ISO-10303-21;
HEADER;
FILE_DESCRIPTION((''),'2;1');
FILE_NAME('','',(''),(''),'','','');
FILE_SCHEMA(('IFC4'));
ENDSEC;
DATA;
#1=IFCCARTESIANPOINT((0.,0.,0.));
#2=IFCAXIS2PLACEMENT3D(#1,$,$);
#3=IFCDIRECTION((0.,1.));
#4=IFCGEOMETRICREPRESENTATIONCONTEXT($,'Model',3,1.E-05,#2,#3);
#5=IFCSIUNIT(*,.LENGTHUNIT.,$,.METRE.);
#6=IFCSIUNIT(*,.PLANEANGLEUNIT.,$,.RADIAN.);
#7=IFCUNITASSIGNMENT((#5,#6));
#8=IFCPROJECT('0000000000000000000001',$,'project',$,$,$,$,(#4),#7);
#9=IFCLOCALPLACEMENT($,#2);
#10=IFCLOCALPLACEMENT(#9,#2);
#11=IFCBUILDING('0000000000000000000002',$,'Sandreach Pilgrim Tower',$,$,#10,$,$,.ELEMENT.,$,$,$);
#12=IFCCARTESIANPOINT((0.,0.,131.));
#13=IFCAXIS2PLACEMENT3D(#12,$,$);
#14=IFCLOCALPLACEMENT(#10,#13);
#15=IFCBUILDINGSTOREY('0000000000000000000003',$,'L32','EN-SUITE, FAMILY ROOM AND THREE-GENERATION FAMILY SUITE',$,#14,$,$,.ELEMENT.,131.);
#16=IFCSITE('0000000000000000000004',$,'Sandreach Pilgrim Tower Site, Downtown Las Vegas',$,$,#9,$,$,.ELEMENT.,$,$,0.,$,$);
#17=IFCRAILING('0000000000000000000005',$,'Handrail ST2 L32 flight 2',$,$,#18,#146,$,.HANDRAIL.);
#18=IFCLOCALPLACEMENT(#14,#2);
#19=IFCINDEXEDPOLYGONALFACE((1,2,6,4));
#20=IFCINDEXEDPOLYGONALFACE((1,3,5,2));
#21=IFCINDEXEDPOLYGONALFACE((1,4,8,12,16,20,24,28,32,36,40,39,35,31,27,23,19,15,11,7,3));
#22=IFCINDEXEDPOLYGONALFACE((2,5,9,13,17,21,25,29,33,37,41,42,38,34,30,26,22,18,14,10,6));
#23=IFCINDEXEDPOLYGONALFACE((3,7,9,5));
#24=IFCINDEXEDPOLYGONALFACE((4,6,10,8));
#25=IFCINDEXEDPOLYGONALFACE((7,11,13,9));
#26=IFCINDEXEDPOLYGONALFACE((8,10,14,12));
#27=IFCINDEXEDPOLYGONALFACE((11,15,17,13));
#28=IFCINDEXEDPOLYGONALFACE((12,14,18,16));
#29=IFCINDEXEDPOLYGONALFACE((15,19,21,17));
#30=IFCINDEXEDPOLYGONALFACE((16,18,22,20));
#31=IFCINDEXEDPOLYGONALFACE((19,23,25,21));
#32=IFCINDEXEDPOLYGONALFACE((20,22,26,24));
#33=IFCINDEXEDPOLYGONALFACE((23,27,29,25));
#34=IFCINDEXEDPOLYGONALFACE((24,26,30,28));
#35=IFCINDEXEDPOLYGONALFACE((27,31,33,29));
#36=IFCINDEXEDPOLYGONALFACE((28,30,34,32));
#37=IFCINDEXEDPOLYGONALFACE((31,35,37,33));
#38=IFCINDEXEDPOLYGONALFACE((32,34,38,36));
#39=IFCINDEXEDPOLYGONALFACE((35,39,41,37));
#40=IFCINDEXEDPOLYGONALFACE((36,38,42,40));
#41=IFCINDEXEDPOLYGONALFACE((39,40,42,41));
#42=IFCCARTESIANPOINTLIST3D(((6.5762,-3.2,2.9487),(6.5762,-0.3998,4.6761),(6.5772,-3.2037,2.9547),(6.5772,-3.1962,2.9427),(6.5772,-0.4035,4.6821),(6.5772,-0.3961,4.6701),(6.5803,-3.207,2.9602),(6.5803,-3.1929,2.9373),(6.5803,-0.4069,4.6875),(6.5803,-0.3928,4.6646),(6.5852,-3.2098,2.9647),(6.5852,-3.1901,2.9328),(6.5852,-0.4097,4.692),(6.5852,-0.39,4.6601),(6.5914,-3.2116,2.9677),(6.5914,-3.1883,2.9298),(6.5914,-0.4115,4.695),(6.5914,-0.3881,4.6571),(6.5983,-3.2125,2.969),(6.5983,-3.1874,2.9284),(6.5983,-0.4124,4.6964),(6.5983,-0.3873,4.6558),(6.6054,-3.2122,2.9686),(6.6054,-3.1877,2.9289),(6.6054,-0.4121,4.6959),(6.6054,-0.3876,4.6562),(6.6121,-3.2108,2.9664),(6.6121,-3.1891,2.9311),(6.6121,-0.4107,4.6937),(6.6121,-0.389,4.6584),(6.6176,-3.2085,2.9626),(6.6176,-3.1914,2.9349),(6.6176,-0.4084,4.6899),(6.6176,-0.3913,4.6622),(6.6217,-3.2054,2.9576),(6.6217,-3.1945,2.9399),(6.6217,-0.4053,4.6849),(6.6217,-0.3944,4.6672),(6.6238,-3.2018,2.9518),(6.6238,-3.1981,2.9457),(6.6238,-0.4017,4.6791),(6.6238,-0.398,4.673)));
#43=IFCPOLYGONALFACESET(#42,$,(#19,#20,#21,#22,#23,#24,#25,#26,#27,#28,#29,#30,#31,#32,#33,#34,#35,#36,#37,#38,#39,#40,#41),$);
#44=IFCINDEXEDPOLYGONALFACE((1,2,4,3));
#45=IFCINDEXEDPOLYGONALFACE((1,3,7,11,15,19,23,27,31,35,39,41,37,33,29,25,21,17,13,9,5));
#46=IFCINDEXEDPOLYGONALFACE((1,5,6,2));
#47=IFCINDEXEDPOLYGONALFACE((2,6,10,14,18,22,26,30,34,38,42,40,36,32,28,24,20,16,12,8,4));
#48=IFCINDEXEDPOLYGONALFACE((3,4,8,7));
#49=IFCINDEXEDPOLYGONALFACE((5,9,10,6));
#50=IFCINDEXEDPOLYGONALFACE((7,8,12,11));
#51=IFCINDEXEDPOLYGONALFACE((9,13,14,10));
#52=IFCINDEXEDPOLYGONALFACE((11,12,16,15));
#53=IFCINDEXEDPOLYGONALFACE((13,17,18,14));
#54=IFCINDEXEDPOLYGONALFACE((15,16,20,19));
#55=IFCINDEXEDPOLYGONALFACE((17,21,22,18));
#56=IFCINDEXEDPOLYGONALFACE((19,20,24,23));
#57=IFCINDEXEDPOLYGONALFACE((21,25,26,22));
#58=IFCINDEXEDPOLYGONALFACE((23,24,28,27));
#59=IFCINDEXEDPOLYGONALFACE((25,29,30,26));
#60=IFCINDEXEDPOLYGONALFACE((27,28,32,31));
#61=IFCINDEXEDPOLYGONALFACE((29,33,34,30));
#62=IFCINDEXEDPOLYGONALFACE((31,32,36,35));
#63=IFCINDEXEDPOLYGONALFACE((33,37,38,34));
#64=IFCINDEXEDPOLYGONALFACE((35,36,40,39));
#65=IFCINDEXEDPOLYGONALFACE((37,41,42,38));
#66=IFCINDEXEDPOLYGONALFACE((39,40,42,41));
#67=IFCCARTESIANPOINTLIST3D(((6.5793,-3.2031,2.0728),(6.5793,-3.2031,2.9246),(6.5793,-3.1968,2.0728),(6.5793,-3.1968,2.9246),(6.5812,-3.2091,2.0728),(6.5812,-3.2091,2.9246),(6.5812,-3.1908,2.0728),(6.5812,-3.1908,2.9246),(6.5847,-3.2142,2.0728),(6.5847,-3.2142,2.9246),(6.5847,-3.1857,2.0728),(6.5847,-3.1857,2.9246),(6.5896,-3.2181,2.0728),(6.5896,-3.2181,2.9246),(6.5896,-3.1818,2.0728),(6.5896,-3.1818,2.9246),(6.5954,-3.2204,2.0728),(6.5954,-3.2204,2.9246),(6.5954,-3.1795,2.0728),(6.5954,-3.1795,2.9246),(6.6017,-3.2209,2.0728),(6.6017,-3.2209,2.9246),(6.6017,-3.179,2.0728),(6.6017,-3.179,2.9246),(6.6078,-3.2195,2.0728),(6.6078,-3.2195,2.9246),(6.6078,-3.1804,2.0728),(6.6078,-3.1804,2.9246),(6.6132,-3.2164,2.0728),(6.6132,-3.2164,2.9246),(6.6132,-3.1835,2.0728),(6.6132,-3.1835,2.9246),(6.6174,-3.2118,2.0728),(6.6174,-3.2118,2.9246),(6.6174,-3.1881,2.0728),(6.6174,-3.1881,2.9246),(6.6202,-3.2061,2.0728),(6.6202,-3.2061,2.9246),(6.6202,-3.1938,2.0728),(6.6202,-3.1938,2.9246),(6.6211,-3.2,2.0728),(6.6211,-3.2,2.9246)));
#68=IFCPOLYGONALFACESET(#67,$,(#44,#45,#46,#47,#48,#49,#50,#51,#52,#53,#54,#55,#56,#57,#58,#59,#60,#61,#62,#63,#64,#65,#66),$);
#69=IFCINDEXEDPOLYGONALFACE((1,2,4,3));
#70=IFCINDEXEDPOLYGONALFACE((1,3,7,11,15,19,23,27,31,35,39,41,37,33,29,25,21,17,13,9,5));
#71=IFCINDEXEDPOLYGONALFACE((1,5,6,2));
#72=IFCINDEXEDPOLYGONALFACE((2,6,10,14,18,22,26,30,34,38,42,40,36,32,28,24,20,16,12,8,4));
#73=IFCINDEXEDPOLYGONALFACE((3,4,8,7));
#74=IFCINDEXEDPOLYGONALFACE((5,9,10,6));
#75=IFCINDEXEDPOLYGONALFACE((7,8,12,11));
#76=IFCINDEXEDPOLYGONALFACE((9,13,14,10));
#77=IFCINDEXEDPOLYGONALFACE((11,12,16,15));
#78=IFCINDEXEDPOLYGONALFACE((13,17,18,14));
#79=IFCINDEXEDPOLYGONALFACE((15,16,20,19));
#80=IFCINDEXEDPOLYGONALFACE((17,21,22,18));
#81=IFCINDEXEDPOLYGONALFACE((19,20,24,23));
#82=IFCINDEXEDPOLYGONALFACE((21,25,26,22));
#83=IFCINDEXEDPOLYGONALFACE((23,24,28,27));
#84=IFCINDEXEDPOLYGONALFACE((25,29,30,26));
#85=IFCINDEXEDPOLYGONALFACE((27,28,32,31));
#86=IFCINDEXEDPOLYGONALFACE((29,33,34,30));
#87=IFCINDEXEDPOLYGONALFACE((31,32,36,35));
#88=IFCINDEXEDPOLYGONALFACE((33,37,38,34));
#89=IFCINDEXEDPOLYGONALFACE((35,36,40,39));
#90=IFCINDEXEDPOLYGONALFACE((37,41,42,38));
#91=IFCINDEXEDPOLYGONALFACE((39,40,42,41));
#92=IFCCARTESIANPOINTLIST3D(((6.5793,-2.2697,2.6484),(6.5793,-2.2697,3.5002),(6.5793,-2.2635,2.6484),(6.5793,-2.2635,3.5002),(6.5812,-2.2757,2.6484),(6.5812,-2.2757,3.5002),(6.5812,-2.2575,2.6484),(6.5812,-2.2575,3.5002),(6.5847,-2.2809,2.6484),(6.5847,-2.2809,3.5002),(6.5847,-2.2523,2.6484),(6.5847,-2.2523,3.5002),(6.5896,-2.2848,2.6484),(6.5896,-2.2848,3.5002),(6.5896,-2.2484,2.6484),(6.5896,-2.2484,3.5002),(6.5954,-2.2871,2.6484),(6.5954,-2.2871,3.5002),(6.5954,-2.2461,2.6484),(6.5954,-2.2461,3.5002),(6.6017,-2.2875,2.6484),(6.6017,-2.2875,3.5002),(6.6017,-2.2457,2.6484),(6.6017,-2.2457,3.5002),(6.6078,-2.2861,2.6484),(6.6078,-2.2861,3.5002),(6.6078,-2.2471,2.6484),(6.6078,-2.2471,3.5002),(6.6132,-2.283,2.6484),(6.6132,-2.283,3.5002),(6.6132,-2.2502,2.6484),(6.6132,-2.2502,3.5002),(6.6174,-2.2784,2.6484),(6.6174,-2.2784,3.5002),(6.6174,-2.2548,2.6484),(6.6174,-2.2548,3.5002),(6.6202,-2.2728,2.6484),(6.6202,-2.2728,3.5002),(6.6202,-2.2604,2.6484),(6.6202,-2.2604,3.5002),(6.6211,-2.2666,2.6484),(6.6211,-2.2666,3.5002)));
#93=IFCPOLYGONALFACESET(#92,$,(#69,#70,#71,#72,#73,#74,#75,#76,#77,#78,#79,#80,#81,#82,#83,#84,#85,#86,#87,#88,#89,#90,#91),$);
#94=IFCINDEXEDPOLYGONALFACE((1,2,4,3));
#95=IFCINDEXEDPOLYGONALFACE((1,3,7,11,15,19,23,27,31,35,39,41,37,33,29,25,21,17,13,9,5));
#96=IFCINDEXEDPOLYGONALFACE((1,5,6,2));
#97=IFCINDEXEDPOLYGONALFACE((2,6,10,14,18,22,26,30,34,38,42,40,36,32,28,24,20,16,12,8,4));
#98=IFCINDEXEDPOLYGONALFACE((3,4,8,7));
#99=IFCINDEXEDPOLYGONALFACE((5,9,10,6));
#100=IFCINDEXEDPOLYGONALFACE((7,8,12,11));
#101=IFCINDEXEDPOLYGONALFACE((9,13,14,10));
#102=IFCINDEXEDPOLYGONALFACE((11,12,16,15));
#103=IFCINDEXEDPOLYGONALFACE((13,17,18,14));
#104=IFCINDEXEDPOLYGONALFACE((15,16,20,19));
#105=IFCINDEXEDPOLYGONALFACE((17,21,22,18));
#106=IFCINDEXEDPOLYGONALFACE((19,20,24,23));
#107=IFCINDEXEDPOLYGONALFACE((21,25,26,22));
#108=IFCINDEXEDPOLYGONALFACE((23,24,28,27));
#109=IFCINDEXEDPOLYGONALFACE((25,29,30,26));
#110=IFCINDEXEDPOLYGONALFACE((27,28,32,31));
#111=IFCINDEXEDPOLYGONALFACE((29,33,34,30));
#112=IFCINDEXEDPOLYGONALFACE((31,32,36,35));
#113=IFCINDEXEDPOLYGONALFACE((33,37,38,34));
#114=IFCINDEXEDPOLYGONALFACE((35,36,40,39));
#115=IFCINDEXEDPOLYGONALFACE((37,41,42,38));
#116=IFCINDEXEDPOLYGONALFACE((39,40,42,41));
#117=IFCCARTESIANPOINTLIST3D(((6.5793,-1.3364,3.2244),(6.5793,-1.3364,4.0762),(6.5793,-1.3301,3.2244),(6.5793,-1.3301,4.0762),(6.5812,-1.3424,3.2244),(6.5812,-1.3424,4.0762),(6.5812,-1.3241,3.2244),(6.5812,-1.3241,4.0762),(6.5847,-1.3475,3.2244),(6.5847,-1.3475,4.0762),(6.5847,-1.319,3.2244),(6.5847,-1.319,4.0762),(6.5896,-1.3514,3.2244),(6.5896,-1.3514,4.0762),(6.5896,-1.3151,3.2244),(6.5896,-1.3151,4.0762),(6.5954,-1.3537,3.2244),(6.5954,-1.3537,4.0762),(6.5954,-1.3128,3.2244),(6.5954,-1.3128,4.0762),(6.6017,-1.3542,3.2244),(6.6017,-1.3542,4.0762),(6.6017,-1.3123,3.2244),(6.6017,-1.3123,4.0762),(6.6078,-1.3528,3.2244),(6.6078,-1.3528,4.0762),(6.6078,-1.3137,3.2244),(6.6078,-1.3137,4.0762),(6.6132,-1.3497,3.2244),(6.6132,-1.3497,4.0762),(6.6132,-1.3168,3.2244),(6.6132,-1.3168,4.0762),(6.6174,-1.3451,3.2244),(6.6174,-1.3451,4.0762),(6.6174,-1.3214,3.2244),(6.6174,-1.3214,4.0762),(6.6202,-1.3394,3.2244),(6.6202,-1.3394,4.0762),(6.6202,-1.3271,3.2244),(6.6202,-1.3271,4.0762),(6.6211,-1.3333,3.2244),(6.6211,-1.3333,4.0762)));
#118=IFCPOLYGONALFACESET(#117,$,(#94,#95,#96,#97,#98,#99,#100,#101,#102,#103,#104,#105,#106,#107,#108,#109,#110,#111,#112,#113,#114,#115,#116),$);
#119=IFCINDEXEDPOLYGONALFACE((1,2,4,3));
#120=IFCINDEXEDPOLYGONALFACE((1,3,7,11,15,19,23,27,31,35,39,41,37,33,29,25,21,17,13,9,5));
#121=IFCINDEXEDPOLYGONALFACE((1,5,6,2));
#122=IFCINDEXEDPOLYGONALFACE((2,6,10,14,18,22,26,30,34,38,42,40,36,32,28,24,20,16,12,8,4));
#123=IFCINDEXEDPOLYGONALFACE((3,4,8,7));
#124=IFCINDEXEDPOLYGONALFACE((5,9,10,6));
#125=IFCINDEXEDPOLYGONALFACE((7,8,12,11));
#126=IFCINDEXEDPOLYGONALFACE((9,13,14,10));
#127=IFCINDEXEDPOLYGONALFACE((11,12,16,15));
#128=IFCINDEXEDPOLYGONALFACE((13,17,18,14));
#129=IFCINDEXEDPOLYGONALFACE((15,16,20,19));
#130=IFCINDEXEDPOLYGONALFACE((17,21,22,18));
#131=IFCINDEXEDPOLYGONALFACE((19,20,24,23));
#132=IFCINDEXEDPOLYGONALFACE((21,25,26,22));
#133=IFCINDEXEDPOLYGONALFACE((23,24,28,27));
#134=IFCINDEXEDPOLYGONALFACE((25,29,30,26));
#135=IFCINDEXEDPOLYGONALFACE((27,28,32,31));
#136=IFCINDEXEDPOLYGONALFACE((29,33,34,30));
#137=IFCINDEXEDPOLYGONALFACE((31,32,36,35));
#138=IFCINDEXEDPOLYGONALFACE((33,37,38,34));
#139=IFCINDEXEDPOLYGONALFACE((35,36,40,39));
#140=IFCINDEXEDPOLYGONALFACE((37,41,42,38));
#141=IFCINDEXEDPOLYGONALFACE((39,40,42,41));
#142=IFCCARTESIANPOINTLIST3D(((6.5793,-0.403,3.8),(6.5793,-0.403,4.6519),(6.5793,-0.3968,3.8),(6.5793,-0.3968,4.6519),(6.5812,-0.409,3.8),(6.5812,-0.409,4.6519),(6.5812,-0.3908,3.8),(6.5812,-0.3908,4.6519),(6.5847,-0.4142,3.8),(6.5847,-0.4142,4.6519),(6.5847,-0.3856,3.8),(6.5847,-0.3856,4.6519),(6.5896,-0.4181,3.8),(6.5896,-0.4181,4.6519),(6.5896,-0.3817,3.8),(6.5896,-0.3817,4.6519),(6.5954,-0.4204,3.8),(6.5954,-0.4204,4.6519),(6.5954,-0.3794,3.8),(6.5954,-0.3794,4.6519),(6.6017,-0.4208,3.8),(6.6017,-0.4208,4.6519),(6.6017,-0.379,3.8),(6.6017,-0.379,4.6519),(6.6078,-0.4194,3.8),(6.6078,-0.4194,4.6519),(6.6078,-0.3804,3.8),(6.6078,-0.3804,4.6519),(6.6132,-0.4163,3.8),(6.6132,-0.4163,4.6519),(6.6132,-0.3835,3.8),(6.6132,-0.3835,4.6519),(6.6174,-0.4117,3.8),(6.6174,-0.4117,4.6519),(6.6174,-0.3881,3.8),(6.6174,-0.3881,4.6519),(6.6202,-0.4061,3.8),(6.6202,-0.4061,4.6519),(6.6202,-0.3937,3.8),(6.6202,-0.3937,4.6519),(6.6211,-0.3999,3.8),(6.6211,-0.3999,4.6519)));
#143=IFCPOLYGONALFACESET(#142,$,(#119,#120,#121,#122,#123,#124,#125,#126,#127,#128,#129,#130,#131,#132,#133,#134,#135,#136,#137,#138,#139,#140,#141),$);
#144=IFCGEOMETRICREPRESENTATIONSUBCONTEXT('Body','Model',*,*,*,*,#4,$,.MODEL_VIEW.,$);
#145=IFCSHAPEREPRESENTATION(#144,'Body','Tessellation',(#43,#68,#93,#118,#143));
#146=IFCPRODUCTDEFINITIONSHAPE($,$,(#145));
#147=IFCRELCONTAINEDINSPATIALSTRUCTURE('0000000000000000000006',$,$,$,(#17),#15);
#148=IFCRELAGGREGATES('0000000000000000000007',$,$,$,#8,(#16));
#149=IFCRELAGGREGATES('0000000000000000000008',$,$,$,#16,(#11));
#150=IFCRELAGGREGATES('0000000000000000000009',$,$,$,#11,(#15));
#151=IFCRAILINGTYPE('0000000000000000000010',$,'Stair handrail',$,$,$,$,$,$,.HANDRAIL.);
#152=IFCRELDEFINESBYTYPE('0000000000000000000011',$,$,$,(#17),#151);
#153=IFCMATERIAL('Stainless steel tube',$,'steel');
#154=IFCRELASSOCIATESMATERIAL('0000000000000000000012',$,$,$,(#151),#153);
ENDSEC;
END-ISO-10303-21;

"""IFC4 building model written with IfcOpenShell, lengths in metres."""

from ifc_helpers import new_model, si_unit, direction, frame, origin, origin_2d, place, context, subcontext, project, spatial, circle, extrude, material, type_object, element, save


model = new_model("IFC4")

# Units and contexts
model_context = context("Model", 3, precision=1e-05, world=origin(), true_north=direction((0.0, 1.0)))
body_context = subcontext(model_context, "Body", "Model", "MODEL_VIEW")
ifc_project = project(units=[si_unit("LENGTHUNIT", "METRE"), si_unit("PLANEANGLEUNIT", "RADIAN")], contexts=[model_context])

# Site, building, storey
site_placement = place(None, origin())
site = spatial("IfcSite", under=ifc_project, at=site_placement, Name="Sandreach Pilgrim Tower Site, Downtown Las Vegas", CompositionType="ELEMENT", RefElevation=0.0)
building_placement = place(site_placement, origin())
building = spatial("IfcBuilding", under=site, at=building_placement, Name="Sandreach Pilgrim Tower", CompositionType="ELEMENT")
storey_placement = place(building_placement, frame((0.0, 0.0, 131.0)))
storey = spatial("IfcBuildingStorey", under=building, at=storey_placement, Name="L32", Description="EN-SUITE, FAMILY ROOM AND THREE-GENERATION FAMILY SUITE", CompositionType="ELEMENT", Elevation=131.0)

# Railing
ifc_material_1 = material(Name="Stainless steel tube", Category="steel")
railing_type = type_object("IfcRailingType", Name="Stair handrail", PredefinedType="HANDRAIL", material=ifc_material_1)
railing_placement = place(storey_placement, frame((6.6001, -3.2, 2.0728)))
element("IfcRailing", 1, at=railing_placement, inside=storey, type_object=railing_type, Name="Handrail ST2 L32 flight 2", PredefinedType="HANDRAIL", context=body_context, shape_type="SweptSolid", body=[
    extrude(circle(Radius=0.0239, at=origin_2d()), frame((0.0, 0.0, 0.876), z_axis=(0.0, 0.85109, 0.52502), x_axis=(-1.0, 0.0, 0.0)), (0.0, 0.0, 1.0), 3.29),
    extrude(circle(Radius=0.021, at=origin_2d()), origin(), (0.0, 0.0, 1.0), 0.8518),
    extrude(circle(Radius=0.021, at=origin_2d()), frame((0.0, 0.9333, 0.5757)), (0.0, 0.0, 1.0), 0.8518),
    extrude(circle(Radius=0.021, at=origin_2d()), frame((0.0, 1.8667, 1.1516)), (0.0, 0.0, 1.0), 0.8518),
    extrude(circle(Radius=0.021, at=origin_2d()), frame((0.0, 2.8, 1.7273)), (0.0, 0.0, 1.0), 0.8518),
])

save(model, "model.ifc")
